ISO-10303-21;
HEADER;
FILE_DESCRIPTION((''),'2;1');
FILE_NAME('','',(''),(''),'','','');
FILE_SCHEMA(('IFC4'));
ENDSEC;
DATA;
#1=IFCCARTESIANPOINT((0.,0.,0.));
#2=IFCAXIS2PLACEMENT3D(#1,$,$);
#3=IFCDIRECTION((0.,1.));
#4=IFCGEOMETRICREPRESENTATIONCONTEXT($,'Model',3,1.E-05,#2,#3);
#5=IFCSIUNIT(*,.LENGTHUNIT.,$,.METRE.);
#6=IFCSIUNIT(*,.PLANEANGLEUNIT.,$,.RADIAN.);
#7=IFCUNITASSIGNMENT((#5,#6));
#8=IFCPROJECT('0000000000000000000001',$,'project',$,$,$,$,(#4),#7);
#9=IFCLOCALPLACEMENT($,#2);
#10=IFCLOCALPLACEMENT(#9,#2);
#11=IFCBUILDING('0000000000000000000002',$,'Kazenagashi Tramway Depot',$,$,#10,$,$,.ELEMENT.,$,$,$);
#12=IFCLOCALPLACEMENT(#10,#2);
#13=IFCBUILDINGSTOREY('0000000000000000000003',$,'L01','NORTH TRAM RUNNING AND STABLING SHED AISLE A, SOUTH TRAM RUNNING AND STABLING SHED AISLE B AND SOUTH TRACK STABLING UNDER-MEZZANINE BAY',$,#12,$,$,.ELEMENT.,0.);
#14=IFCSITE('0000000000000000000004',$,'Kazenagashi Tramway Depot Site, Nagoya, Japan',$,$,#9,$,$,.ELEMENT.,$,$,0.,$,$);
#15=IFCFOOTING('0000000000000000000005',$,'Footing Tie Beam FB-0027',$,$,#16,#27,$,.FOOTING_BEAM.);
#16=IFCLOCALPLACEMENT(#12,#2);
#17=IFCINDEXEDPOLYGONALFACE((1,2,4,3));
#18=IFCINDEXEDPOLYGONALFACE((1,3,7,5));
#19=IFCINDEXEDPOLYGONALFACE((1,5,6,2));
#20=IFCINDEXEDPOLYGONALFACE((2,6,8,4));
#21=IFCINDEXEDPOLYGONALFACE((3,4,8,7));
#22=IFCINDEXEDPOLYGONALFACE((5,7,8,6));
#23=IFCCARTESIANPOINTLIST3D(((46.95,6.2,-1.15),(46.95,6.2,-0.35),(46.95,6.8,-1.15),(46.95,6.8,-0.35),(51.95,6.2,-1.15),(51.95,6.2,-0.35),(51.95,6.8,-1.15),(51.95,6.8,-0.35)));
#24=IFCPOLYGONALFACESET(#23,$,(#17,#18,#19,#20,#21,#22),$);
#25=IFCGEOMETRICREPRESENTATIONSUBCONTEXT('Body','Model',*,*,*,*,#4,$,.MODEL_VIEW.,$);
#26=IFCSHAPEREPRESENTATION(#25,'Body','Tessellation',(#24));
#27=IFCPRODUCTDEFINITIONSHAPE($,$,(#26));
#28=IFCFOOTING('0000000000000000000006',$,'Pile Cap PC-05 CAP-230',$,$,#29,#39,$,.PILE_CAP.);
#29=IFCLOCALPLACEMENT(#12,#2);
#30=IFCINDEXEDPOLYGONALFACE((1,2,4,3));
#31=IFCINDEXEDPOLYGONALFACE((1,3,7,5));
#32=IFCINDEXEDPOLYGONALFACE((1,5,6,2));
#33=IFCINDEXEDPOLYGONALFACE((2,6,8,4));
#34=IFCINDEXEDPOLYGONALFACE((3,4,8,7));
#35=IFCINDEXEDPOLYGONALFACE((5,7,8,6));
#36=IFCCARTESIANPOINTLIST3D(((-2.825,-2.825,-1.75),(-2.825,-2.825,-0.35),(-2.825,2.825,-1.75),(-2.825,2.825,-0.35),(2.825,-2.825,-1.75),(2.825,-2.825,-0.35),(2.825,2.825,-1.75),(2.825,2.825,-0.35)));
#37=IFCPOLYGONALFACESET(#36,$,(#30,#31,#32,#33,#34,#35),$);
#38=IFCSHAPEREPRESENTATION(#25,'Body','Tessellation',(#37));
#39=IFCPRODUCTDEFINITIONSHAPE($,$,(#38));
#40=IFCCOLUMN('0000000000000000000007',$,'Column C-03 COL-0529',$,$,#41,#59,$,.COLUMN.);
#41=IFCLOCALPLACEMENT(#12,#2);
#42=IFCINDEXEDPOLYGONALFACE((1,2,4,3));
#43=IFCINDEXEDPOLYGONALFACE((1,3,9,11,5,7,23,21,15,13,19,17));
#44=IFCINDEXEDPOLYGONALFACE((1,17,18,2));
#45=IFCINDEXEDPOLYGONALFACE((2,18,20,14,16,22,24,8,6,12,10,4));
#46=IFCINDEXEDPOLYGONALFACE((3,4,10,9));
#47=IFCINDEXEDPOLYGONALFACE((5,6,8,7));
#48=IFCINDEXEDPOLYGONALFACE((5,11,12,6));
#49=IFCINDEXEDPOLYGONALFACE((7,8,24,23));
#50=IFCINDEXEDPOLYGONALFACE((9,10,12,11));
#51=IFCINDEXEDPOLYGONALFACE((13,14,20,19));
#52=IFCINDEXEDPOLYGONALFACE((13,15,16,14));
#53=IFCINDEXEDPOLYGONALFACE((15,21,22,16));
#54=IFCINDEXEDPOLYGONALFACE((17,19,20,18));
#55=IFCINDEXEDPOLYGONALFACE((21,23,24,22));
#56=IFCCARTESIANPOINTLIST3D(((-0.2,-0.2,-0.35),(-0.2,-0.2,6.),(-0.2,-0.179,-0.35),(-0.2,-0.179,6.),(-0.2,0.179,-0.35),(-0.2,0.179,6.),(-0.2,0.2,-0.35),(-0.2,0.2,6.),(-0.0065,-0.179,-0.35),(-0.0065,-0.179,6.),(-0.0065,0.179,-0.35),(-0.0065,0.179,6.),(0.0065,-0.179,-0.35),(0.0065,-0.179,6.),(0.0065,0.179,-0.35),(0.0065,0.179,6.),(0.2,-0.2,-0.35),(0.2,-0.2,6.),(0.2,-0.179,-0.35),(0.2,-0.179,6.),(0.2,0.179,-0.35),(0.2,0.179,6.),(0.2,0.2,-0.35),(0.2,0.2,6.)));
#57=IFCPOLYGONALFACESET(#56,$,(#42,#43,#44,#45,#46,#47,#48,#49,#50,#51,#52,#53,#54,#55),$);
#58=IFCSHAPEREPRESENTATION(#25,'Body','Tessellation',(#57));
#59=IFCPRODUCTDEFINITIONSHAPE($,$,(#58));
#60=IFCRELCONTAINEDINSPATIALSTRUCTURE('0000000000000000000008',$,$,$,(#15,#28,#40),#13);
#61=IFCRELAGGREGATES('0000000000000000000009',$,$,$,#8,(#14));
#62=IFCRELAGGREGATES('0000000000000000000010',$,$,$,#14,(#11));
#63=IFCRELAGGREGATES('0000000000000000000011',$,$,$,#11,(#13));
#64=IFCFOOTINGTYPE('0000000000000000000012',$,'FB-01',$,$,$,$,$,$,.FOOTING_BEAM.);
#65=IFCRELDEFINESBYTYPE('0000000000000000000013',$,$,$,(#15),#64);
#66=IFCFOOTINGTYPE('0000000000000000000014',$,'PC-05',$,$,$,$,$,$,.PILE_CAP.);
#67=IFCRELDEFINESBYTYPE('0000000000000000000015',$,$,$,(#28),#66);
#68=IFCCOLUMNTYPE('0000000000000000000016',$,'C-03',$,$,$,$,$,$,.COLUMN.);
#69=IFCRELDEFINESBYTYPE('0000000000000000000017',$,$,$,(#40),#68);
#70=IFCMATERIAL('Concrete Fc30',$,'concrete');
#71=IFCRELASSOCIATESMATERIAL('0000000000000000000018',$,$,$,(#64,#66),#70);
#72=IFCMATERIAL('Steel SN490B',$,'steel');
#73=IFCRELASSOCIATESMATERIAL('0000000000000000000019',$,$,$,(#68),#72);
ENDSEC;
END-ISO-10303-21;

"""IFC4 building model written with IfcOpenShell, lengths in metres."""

from ifc_helpers import new_model, si_unit, direction, frame, origin, origin_2d, place, context, subcontext, project, spatial, polyline, rectangle, i_section, outline, extrude, material, material_profile, profile_set, type_object, element, save


model = new_model("IFC4")

# Units and contexts
model_context = context("Model", 3, precision=1e-05, world=origin(), true_north=direction((0.0, 1.0)))
body_context = subcontext(model_context, "Body", "Model", "MODEL_VIEW")
ifc_project = project(units=[si_unit("LENGTHUNIT", "METRE"), si_unit("PLANEANGLEUNIT", "RADIAN")], contexts=[model_context])

# Site, building, storey
site_placement = place(None, origin())
site = spatial("IfcSite", under=ifc_project, at=site_placement, Name="Kazenagashi Tramway Depot Site, Nagoya, Japan", CompositionType="ELEMENT", RefElevation=0.0)
building_placement = place(site_placement, origin())
building = spatial("IfcBuilding", under=site, at=building_placement, Name="Kazenagashi Tramway Depot", CompositionType="ELEMENT")
storey_placement = place(building_placement, origin())
storey = spatial("IfcBuildingStorey", under=building, at=storey_placement, Name="L01", Description="NORTH TRAM RUNNING AND STABLING SHED AISLE A, SOUTH TRAM RUNNING AND STABLING SHED AISLE B AND SOUTH TRACK STABLING UNDER-MEZZANINE BAY", CompositionType="ELEMENT", Elevation=0.0)

# Shared definitions
ifc_material_1 = material(Name="Concrete Fc30", Category="concrete")

# Footings
footing_type_1 = type_object("IfcFootingType", Name="FB-01", PredefinedType="FOOTING_BEAM", material=ifc_material_1)
footing_1_placement = place(storey_placement, frame((0.0, 0.0, -1.15)))
element("IfcFooting", 1, at=footing_1_placement, inside=storey, type_object=footing_type_1, Name="Footing Tie Beam FB-0027", PredefinedType="FOOTING_BEAM", context=body_context, shape_type="SweptSolid", body=[
    extrude(outline(polyline([(46.95, 6.2), (51.95, 6.2), (51.95, 6.8), (46.95, 6.8), (46.95, 6.2)])), origin(), (0.0, 0.0, 1.0), 0.8),
])
footing_type_2 = type_object("IfcFootingType", Name="PC-05", PredefinedType="PILE_CAP", material=ifc_material_1)
footing_2_placement = place(storey_placement, frame((0.0, 0.0, -1.75), z_axis=(0.0, 0.0, 1.0), x_axis=(1.0, 0.0, 0.0)))
element("IfcFooting", 2, at=footing_2_placement, inside=storey, type_object=footing_type_2, Name="Pile Cap PC-05 CAP-230", PredefinedType="PILE_CAP", context=body_context, shape_type="SweptSolid", body=[
    extrude(rectangle(XDim=5.65, YDim=5.65, at=origin_2d()), origin(), (0.0, 0.0, 1.0), 1.4),
])

# Column
ifc_material_2 = material(Name="Steel SN490B", Category="steel")
ifc_material_profile_1 = material_profile(ifc_material_2, i_section(OverallWidth=0.4, OverallDepth=0.4, WebThickness=0.013, FlangeThickness=0.021, at=origin_2d()), Name="H-400x400x13x21")
ifc_profile_set_1 = profile_set([ifc_material_profile_1], Name="Steel SN490B")
column_type = type_object("IfcColumnType", Name="C-03", PredefinedType="COLUMN", material=ifc_profile_set_1)
column_placement = place(storey_placement, frame((0.0, 0.0, -0.35), z_axis=(0.0, 0.0, 1.0), x_axis=(1.0, 0.0, 0.0)))
element("IfcColumn", 3, at=column_placement, inside=storey, type_object=column_type, Name="Column C-03 COL-0529", PredefinedType="COLUMN", context=body_context, shape_type="SweptSolid", body=[
    extrude(i_section(OverallWidth=0.4, OverallDepth=0.4, WebThickness=0.013, FlangeThickness=0.021, at=origin_2d()), origin(), (0.0, 0.0, 1.0), 6.35),
])

save(model, "model.ifc")
